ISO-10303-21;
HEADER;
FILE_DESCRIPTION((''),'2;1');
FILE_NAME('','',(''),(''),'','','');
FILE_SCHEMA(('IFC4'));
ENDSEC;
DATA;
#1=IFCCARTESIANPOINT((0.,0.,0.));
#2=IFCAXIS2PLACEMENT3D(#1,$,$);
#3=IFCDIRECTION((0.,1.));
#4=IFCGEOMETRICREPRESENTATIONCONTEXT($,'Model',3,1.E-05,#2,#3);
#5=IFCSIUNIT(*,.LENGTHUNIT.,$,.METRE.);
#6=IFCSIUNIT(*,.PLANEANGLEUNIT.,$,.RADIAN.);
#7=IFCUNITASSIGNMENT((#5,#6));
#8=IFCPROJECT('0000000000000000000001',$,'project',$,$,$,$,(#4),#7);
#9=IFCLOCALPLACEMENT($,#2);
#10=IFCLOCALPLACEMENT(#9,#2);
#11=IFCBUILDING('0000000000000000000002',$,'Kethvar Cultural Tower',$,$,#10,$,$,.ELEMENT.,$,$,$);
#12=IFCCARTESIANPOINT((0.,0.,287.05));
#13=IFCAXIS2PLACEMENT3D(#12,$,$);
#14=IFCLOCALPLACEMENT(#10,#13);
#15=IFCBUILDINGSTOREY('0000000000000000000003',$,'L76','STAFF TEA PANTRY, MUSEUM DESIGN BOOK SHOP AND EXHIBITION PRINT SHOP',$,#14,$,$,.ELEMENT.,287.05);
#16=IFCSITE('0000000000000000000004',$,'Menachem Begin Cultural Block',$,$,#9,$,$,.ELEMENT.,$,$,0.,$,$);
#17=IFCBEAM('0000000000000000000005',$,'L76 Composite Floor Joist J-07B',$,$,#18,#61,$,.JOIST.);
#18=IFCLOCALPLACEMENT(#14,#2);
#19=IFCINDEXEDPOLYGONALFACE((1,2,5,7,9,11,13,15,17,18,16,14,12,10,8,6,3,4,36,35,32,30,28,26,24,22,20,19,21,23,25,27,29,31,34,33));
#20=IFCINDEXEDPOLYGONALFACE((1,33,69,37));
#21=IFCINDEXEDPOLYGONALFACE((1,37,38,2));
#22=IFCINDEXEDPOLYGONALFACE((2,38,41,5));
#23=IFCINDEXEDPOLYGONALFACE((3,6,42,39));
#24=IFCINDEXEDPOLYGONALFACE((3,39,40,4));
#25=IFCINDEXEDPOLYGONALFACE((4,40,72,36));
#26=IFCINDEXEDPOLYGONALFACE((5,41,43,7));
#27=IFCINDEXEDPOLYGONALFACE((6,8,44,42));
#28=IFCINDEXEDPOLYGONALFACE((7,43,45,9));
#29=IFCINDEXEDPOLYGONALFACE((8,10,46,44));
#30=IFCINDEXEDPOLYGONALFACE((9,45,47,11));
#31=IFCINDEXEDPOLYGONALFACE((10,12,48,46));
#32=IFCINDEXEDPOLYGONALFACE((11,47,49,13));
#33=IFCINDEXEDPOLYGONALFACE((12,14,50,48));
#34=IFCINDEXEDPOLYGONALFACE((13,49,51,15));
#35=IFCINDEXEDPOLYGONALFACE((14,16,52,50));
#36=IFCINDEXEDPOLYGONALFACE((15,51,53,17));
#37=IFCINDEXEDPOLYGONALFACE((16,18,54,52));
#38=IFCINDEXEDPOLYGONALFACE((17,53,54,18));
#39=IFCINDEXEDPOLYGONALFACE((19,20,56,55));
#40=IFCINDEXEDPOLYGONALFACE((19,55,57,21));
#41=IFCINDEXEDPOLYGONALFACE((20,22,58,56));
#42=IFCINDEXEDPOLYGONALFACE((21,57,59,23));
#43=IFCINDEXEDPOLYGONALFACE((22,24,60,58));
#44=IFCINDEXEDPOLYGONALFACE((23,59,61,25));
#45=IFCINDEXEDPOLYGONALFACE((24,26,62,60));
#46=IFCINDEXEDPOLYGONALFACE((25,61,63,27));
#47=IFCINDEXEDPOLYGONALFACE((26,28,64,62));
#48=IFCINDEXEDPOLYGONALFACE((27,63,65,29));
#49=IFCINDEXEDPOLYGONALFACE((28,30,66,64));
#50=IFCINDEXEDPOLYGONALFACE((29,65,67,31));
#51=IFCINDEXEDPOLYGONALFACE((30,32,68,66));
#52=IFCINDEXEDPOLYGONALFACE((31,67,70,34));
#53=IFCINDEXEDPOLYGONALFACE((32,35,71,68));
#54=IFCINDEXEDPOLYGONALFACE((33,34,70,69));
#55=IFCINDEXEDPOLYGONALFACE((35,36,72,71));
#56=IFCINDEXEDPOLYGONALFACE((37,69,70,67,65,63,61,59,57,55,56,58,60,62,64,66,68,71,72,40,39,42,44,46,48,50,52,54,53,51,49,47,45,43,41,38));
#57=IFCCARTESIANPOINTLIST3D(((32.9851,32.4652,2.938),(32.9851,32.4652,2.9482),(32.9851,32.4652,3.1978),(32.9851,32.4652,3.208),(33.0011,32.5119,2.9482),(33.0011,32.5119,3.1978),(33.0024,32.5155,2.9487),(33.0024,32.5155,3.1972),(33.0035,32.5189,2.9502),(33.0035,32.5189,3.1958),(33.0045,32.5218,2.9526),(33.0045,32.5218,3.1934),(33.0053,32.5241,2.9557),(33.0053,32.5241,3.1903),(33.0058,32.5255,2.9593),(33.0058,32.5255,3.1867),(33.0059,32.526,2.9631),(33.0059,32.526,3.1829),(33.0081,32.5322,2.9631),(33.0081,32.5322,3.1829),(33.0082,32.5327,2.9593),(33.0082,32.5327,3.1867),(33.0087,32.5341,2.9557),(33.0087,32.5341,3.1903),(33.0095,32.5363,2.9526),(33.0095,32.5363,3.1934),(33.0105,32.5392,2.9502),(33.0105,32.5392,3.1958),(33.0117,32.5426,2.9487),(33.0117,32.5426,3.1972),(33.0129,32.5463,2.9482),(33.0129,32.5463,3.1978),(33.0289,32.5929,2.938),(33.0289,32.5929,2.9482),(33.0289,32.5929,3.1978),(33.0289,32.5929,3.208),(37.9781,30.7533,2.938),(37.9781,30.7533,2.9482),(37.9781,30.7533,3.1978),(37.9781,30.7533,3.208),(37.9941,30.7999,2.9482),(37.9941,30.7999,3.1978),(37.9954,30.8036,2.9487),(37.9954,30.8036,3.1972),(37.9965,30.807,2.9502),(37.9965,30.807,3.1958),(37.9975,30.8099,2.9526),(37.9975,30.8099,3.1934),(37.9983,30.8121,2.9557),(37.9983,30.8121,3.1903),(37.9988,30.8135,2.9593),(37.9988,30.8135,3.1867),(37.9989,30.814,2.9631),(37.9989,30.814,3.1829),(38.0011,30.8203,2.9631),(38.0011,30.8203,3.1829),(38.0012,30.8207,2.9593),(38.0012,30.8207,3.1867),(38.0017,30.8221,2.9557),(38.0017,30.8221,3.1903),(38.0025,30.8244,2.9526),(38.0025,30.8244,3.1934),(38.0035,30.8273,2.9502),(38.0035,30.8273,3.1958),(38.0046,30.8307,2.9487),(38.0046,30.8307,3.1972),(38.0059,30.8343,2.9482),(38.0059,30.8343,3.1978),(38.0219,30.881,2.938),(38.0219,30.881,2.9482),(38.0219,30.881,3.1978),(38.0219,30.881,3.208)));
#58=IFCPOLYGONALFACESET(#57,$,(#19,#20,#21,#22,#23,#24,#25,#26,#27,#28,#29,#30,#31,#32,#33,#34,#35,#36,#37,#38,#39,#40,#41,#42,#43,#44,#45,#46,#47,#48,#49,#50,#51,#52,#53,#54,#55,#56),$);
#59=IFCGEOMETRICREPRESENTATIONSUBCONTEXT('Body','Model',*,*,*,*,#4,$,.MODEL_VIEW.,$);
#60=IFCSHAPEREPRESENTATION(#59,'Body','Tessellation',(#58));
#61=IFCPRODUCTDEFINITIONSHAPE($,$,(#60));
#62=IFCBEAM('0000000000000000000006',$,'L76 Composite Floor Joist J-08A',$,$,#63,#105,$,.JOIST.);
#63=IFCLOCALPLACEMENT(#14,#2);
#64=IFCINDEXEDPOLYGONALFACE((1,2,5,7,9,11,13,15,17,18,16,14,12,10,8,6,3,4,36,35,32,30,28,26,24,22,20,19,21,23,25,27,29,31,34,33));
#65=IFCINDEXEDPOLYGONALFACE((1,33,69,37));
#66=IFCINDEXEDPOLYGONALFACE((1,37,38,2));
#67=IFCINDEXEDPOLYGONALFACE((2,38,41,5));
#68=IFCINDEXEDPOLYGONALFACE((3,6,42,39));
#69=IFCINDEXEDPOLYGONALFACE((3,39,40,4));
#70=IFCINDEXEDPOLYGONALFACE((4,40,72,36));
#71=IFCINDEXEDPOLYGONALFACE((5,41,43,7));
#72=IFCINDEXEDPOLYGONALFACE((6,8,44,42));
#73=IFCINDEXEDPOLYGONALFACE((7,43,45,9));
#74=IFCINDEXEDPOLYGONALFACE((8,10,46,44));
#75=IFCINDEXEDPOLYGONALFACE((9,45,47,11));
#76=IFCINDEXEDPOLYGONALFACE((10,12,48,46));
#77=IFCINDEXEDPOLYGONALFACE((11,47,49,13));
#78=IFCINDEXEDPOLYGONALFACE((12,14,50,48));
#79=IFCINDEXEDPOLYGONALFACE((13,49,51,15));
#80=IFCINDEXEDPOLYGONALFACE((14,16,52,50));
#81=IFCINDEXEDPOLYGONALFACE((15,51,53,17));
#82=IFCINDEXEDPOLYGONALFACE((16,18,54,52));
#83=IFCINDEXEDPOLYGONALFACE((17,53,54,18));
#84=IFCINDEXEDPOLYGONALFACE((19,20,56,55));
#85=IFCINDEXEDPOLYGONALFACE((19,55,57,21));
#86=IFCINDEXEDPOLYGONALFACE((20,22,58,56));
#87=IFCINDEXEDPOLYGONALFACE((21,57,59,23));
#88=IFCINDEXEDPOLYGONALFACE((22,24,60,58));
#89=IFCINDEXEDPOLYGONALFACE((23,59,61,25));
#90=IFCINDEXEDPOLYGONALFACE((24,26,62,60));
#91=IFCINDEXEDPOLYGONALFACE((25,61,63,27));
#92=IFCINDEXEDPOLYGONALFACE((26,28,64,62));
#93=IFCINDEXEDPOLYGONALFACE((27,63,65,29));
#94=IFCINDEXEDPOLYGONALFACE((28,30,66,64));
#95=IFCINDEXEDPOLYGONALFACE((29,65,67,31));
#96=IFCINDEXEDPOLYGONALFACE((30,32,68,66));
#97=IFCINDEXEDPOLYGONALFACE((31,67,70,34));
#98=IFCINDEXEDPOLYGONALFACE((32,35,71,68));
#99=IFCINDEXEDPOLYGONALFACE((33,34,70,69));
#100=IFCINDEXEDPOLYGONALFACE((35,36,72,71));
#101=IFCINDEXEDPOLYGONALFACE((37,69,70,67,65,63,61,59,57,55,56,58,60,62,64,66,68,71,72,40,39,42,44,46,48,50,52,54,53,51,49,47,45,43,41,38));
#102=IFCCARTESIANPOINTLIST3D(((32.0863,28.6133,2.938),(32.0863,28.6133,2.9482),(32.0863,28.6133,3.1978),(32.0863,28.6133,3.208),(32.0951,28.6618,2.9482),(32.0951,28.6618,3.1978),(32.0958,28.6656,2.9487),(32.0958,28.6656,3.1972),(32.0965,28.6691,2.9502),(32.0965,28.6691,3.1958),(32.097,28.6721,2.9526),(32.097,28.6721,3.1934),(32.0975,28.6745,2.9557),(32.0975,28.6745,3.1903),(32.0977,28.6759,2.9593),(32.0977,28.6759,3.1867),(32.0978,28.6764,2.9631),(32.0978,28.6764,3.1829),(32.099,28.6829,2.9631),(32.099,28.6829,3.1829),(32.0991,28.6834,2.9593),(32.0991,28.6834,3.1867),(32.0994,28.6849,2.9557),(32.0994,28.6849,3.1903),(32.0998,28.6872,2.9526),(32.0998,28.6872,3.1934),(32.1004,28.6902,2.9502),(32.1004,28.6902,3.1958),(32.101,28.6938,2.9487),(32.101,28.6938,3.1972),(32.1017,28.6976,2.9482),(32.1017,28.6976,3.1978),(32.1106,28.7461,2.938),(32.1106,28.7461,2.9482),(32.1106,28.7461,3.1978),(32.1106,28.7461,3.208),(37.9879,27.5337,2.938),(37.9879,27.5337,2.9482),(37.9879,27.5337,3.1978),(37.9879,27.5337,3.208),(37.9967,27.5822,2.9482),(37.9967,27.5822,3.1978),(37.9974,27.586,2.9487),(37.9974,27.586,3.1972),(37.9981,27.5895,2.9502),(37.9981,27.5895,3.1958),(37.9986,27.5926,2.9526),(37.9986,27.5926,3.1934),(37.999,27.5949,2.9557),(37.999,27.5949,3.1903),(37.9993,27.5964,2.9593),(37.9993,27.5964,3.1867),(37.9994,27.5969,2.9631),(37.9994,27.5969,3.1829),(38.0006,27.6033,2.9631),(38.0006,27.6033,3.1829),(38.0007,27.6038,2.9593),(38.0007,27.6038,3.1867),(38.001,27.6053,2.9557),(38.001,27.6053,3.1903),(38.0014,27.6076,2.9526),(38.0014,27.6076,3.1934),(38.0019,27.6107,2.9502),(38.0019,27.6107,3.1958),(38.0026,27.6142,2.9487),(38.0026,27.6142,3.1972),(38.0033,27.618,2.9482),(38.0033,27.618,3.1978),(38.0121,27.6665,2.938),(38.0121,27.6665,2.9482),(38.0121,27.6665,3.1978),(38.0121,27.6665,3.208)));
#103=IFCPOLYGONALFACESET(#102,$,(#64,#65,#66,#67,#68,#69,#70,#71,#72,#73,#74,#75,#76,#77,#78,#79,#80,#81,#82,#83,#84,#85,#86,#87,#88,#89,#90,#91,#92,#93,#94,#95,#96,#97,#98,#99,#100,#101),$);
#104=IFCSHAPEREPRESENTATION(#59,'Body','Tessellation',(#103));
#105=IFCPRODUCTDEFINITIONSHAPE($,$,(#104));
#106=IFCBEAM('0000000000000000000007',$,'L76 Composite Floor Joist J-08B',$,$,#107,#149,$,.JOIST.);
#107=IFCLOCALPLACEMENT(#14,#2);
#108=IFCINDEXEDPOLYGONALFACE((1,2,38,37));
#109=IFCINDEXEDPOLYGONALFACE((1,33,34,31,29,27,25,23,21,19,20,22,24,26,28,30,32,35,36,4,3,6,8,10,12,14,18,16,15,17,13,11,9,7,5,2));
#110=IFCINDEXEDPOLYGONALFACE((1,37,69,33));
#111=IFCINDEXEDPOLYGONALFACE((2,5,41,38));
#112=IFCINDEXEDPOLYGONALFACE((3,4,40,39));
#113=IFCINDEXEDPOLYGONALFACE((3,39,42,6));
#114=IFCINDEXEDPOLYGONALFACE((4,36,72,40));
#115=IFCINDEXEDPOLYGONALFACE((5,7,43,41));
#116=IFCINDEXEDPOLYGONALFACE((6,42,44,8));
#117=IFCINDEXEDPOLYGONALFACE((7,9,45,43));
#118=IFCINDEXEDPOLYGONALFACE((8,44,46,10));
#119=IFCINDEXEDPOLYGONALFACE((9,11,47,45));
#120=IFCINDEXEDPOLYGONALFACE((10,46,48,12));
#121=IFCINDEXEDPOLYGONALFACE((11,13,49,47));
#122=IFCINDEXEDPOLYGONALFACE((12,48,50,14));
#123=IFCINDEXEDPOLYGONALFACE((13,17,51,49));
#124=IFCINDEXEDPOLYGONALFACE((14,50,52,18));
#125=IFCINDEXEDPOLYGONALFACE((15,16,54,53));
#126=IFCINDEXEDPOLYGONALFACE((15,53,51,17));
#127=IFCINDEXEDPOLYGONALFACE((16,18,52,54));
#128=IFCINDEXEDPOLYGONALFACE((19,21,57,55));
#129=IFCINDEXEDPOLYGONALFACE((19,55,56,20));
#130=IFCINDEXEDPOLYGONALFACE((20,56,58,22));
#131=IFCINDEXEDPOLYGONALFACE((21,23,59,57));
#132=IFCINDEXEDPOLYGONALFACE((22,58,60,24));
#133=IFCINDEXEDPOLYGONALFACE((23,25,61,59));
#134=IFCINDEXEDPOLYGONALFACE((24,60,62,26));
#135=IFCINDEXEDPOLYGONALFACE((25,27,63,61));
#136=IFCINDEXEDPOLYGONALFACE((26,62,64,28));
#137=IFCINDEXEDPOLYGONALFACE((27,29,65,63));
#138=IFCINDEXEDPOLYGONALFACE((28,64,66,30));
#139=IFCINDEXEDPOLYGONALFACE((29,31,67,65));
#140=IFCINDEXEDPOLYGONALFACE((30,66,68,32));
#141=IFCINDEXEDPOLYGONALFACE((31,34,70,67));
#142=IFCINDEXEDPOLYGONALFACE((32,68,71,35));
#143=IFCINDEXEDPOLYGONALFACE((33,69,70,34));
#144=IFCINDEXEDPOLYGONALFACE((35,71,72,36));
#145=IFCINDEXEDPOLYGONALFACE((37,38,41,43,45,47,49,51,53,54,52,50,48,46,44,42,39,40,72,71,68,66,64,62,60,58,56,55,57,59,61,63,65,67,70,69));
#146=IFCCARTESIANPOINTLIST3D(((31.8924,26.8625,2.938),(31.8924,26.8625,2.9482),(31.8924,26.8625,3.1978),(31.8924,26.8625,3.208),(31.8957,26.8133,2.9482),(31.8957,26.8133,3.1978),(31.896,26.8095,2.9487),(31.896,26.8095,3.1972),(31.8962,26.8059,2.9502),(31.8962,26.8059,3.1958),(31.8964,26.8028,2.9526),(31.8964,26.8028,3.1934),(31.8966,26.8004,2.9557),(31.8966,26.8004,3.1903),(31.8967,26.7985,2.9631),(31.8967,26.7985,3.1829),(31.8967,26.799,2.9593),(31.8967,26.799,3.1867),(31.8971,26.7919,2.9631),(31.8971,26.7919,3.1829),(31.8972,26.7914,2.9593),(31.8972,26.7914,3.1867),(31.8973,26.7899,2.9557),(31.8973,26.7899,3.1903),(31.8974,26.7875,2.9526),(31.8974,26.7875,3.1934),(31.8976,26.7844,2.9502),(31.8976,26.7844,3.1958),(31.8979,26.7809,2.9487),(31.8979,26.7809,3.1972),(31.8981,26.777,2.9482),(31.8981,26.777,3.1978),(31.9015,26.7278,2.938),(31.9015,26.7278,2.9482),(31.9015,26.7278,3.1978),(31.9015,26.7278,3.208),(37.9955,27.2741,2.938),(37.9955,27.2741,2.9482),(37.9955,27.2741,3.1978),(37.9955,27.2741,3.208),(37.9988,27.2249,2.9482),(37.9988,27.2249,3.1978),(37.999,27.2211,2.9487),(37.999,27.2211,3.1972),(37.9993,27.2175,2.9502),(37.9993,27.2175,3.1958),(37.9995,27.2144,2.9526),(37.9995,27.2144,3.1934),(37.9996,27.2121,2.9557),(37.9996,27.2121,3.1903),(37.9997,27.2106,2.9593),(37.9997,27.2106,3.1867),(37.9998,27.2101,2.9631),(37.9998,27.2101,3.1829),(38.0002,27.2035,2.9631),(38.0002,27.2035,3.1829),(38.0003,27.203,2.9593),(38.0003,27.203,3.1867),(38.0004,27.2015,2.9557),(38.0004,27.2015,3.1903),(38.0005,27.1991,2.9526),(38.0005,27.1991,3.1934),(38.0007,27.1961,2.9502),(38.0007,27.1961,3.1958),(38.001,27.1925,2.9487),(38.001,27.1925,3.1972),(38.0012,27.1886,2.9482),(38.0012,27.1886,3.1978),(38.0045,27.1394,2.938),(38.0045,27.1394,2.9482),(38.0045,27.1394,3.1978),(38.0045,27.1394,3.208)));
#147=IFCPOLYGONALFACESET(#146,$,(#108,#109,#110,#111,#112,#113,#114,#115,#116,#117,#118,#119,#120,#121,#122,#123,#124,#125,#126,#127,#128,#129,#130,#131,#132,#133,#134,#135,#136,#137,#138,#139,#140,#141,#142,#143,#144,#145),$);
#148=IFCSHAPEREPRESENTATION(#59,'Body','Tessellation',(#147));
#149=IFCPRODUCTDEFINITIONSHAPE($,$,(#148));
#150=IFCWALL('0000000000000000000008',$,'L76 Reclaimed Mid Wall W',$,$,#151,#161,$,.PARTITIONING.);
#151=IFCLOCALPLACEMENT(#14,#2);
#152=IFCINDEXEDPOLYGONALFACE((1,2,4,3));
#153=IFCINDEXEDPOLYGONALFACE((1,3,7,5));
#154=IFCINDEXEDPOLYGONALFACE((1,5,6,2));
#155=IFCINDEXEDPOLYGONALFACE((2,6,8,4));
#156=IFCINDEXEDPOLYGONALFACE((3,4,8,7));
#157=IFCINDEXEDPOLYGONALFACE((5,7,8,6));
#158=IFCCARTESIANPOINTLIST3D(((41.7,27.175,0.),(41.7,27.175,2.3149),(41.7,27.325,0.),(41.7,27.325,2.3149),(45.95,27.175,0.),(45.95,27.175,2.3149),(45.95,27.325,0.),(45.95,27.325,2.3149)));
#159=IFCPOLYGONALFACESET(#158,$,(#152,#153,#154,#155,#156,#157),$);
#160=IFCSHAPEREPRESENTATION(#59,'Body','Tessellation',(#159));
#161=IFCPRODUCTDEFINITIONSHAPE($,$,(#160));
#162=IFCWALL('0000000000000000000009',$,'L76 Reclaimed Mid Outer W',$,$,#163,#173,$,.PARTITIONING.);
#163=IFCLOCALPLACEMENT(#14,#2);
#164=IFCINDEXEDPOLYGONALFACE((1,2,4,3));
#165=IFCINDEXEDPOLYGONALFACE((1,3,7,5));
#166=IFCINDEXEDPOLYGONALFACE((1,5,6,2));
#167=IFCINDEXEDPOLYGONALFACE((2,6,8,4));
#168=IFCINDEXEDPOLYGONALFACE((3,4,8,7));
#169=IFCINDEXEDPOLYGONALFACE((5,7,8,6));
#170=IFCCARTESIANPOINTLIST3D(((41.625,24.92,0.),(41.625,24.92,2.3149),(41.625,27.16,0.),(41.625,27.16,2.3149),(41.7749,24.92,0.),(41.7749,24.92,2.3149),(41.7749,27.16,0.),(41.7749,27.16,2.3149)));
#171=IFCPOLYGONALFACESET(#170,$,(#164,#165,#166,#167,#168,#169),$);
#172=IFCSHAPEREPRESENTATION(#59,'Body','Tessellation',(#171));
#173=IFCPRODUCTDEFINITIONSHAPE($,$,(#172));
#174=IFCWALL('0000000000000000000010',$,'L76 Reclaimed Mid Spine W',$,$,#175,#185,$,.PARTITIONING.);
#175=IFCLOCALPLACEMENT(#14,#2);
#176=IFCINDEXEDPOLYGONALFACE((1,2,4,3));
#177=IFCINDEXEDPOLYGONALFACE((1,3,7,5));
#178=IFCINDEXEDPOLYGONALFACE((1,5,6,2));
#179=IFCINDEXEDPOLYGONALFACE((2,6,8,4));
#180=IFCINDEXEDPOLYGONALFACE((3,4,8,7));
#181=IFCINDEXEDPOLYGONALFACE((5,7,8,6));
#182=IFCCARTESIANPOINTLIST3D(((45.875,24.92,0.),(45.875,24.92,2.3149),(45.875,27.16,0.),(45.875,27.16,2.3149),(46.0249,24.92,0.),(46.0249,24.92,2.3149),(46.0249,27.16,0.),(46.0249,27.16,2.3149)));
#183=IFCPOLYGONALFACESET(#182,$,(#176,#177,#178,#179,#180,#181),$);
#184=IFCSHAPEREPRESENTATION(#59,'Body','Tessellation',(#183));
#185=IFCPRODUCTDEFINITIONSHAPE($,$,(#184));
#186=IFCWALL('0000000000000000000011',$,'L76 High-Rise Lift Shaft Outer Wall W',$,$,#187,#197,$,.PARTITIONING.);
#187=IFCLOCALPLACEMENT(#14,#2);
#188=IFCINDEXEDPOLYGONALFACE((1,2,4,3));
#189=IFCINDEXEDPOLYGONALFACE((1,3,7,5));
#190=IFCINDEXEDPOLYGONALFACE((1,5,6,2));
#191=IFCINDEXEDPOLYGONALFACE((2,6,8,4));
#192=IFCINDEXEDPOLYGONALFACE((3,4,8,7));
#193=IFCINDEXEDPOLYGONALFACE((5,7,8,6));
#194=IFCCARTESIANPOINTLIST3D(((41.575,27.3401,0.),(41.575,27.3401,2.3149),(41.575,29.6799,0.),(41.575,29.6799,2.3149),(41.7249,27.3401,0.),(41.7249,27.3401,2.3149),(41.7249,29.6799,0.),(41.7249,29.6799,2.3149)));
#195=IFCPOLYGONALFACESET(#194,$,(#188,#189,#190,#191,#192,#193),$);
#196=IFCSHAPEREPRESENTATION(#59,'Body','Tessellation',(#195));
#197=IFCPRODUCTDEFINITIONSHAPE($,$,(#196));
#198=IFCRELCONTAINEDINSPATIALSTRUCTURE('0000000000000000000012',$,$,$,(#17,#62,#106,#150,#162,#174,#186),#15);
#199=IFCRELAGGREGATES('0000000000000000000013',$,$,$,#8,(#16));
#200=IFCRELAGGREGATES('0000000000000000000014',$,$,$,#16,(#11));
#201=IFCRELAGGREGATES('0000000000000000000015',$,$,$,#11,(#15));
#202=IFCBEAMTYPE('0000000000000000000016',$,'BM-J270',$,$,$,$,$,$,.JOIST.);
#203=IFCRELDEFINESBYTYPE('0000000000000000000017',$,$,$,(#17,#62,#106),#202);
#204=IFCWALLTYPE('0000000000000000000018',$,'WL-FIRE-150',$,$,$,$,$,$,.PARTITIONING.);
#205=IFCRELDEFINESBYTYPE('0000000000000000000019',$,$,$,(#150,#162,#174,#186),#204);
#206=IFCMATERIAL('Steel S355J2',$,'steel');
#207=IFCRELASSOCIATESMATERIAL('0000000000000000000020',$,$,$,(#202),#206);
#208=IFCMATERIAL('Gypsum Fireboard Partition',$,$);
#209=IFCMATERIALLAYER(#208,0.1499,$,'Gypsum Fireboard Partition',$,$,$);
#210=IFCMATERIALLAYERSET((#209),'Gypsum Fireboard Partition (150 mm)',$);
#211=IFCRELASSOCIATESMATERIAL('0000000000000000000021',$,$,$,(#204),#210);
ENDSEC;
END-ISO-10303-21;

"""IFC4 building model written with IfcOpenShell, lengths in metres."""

from ifc_helpers import new_model, si_unit, direction, frame, frame_2d, origin, origin_2d, place, context, subcontext, project, spatial, rectangle, i_section, extrude, source, transform, mapped, material, layer, layer_set, material_profile, profile_set, type_object, element, save


model = new_model("IFC4")

# Units and contexts
model_context = context("Model", 3, precision=1e-05, world=origin(), true_north=direction((0.0, 1.0)))
body_context = subcontext(model_context, "Body", "Model", "MODEL_VIEW")
ifc_project = project(units=[si_unit("LENGTHUNIT", "METRE"), si_unit("PLANEANGLEUNIT", "RADIAN")], contexts=[model_context])

# Site, building, storey
site_placement = place(None, origin())
site = spatial("IfcSite", under=ifc_project, at=site_placement, Name="Menachem Begin Cultural Block", CompositionType="ELEMENT", RefElevation=0.0)
building_placement = place(site_placement, origin())
building = spatial("IfcBuilding", under=site, at=building_placement, Name="Kethvar Cultural Tower", CompositionType="ELEMENT")
storey_placement = place(building_placement, frame((0.0, 0.0, 287.05)))
storey = spatial("IfcBuildingStorey", under=building, at=storey_placement, Name="L76", Description="STAFF TEA PANTRY, MUSEUM DESIGN BOOK SHOP AND EXHIBITION PRINT SHOP", CompositionType="ELEMENT", Elevation=287.05)

# Beams
ifc_material_1 = material(Name="Steel S355J2", Category="steel")
ifc_material_profile_1 = material_profile(ifc_material_1, i_section(OverallWidth=0.135, OverallDepth=0.27, WebThickness=0.0066, FlangeThickness=0.0103, FilletRadius=0.0149, at=origin_2d()), Name="Steel S355J2 — IPE270")
ifc_profile_set_1 = profile_set([ifc_material_profile_1], Name="Steel S355J2 — IPE270")
beam_type_1 = type_object("IfcBeamType", Name="BM-J270", PredefinedType="JOIST", material=ifc_profile_set_1)
shared_shape_1 = source(origin(), body_context, "Body", "SweptSolid", [
    extrude(i_section(OverallWidth=0.135, OverallDepth=0.27, WebThickness=0.0066, FlangeThickness=0.0103, FilletRadius=0.0149, at=origin_2d()), origin(), (0.0, 0.0, 1.0), 5.2783),
])
beam_1_placement = place(storey_placement, frame((38.0, 30.8171, 3.073), z_axis=(-0.945943, 0.324334, 0.0), x_axis=(-0.324334, -0.945943, 0.0)))
element("IfcBeam", 1, at=beam_1_placement, inside=storey, type_object=beam_type_1, Name="L76 Composite Floor Joist J-07B", PredefinedType="JOIST", context=body_context, shape_type="MappedRepresentation", body=[
    mapped(shared_shape_1, transform((0.0, 0.0, 0.0), scale=1.0)),
])
shared_shape_2 = source(origin(), body_context, "Body", "SweptSolid", [
    extrude(i_section(OverallWidth=0.135, OverallDepth=0.27, WebThickness=0.0066, FlangeThickness=0.0103, FilletRadius=0.0149, at=origin_2d()), origin(), (0.0, 0.0, 1.0), 5.9995),
])
beam_2_placement = place(storey_placement, frame((38.0, 27.6001, 3.073), z_axis=(-0.983677, 0.179945, 0.0), x_axis=(-0.179945, -0.983677, 0.0)))
element("IfcBeam", 2, at=beam_2_placement, inside=storey, type_object=beam_type_1, Name="L76 Composite Floor Joist J-08A", PredefinedType="JOIST", context=body_context, shape_type="MappedRepresentation", body=[
    mapped(shared_shape_2, transform((0.0, 0.0, 0.0), scale=1.0)),
])
shared_shape_3 = source(origin(), body_context, "Body", "SweptSolid", [
    extrude(i_section(OverallWidth=0.135, OverallDepth=0.27, WebThickness=0.0066, FlangeThickness=0.0103, FilletRadius=0.0149, at=origin_2d()), origin(), (0.0, 0.0, 1.0), 6.1169),
])
beam_3_placement = place(storey_placement, frame((38.0, 27.2068, 3.073), z_axis=(-0.997733, -0.067293, 0.0), x_axis=(0.067293, -0.997733, 0.0)))
element("IfcBeam", 3, at=beam_3_placement, inside=storey, type_object=beam_type_1, Name="L76 Composite Floor Joist J-08B", PredefinedType="JOIST", context=body_context, shape_type="MappedRepresentation", body=[
    mapped(shared_shape_3, transform((0.0, 0.0, 0.0), scale=1.0)),
])

# Walls
ifc_material_2 = material(Name="Gypsum Fireboard Partition")
ifc_layer_1 = layer(ifc_material_2, 0.1499, Name="Gypsum Fireboard Partition")
ifc_layer_set_1 = layer_set([ifc_layer_1], Name="Gypsum Fireboard Partition (150 mm)")
wall_type_1 = type_object("IfcWallType", Name="WL-FIRE-150", PredefinedType="PARTITIONING", material=ifc_layer_set_1)
wall_1_placement = place(storey_placement, frame((41.7, 27.25, 0.0), z_axis=(0.0, 0.0, 1.0), x_axis=(1.0, 0.0, 0.0)))
element("IfcWall", 4, at=wall_1_placement, inside=storey, type_object=wall_type_1, Name="L76 Reclaimed Mid Wall W", PredefinedType="PARTITIONING", context=body_context, shape_type="SweptSolid", body=[
    extrude(rectangle(XDim=4.25, YDim=0.1499, at=frame_2d((2.125, 0.0))), origin(), (0.0, 0.0, 1.0), 2.3149),
])
for number, where, z_axis, x_axis, name in (
    (5, (41.7, 24.9199, 0.0), (0.0, 0.0, 1.0), (0.0, 1.0, 0.0), "L76 Reclaimed Mid Outer W"),
    (6, (45.95, 24.9199, 0.0), (0.0, 0.0, 1.0), (0.0, 1.0, 0.0), "L76 Reclaimed Mid Spine W"),
):
    element("IfcWall", number, at=place(storey_placement, frame(where, z_axis=z_axis, x_axis=x_axis)), inside=storey, type_object=wall_type_1, Name=name, PredefinedType="PARTITIONING", context=body_context, shape_type="SweptSolid", body=[
        extrude(rectangle(XDim=2.24, YDim=0.1499, at=frame_2d((1.1201, 0.0))), origin(), (0.0, 0.0, 1.0), 2.3149),
    ])
for number, where, z_axis, x_axis, name in (
    (7, (41.6499, 27.3401, 0.0), (0.0, 0.0, 1.0), (0.0, 1.0, 0.0), "L76 High-Rise Lift Shaft Outer Wall W"),
):
    element("IfcWall", number, at=place(storey_placement, frame(where, z_axis=z_axis, x_axis=x_axis)), inside=storey, type_object=wall_type_1, Name=name, PredefinedType="PARTITIONING", context=body_context, shape_type="SweptSolid", body=[
        extrude(rectangle(XDim=2.3398, YDim=0.1499, at=frame_2d((1.1699, 0.0))), origin(), (0.0, 0.0, 1.0), 2.3149),
    ])

save(model, "model.ifc")
